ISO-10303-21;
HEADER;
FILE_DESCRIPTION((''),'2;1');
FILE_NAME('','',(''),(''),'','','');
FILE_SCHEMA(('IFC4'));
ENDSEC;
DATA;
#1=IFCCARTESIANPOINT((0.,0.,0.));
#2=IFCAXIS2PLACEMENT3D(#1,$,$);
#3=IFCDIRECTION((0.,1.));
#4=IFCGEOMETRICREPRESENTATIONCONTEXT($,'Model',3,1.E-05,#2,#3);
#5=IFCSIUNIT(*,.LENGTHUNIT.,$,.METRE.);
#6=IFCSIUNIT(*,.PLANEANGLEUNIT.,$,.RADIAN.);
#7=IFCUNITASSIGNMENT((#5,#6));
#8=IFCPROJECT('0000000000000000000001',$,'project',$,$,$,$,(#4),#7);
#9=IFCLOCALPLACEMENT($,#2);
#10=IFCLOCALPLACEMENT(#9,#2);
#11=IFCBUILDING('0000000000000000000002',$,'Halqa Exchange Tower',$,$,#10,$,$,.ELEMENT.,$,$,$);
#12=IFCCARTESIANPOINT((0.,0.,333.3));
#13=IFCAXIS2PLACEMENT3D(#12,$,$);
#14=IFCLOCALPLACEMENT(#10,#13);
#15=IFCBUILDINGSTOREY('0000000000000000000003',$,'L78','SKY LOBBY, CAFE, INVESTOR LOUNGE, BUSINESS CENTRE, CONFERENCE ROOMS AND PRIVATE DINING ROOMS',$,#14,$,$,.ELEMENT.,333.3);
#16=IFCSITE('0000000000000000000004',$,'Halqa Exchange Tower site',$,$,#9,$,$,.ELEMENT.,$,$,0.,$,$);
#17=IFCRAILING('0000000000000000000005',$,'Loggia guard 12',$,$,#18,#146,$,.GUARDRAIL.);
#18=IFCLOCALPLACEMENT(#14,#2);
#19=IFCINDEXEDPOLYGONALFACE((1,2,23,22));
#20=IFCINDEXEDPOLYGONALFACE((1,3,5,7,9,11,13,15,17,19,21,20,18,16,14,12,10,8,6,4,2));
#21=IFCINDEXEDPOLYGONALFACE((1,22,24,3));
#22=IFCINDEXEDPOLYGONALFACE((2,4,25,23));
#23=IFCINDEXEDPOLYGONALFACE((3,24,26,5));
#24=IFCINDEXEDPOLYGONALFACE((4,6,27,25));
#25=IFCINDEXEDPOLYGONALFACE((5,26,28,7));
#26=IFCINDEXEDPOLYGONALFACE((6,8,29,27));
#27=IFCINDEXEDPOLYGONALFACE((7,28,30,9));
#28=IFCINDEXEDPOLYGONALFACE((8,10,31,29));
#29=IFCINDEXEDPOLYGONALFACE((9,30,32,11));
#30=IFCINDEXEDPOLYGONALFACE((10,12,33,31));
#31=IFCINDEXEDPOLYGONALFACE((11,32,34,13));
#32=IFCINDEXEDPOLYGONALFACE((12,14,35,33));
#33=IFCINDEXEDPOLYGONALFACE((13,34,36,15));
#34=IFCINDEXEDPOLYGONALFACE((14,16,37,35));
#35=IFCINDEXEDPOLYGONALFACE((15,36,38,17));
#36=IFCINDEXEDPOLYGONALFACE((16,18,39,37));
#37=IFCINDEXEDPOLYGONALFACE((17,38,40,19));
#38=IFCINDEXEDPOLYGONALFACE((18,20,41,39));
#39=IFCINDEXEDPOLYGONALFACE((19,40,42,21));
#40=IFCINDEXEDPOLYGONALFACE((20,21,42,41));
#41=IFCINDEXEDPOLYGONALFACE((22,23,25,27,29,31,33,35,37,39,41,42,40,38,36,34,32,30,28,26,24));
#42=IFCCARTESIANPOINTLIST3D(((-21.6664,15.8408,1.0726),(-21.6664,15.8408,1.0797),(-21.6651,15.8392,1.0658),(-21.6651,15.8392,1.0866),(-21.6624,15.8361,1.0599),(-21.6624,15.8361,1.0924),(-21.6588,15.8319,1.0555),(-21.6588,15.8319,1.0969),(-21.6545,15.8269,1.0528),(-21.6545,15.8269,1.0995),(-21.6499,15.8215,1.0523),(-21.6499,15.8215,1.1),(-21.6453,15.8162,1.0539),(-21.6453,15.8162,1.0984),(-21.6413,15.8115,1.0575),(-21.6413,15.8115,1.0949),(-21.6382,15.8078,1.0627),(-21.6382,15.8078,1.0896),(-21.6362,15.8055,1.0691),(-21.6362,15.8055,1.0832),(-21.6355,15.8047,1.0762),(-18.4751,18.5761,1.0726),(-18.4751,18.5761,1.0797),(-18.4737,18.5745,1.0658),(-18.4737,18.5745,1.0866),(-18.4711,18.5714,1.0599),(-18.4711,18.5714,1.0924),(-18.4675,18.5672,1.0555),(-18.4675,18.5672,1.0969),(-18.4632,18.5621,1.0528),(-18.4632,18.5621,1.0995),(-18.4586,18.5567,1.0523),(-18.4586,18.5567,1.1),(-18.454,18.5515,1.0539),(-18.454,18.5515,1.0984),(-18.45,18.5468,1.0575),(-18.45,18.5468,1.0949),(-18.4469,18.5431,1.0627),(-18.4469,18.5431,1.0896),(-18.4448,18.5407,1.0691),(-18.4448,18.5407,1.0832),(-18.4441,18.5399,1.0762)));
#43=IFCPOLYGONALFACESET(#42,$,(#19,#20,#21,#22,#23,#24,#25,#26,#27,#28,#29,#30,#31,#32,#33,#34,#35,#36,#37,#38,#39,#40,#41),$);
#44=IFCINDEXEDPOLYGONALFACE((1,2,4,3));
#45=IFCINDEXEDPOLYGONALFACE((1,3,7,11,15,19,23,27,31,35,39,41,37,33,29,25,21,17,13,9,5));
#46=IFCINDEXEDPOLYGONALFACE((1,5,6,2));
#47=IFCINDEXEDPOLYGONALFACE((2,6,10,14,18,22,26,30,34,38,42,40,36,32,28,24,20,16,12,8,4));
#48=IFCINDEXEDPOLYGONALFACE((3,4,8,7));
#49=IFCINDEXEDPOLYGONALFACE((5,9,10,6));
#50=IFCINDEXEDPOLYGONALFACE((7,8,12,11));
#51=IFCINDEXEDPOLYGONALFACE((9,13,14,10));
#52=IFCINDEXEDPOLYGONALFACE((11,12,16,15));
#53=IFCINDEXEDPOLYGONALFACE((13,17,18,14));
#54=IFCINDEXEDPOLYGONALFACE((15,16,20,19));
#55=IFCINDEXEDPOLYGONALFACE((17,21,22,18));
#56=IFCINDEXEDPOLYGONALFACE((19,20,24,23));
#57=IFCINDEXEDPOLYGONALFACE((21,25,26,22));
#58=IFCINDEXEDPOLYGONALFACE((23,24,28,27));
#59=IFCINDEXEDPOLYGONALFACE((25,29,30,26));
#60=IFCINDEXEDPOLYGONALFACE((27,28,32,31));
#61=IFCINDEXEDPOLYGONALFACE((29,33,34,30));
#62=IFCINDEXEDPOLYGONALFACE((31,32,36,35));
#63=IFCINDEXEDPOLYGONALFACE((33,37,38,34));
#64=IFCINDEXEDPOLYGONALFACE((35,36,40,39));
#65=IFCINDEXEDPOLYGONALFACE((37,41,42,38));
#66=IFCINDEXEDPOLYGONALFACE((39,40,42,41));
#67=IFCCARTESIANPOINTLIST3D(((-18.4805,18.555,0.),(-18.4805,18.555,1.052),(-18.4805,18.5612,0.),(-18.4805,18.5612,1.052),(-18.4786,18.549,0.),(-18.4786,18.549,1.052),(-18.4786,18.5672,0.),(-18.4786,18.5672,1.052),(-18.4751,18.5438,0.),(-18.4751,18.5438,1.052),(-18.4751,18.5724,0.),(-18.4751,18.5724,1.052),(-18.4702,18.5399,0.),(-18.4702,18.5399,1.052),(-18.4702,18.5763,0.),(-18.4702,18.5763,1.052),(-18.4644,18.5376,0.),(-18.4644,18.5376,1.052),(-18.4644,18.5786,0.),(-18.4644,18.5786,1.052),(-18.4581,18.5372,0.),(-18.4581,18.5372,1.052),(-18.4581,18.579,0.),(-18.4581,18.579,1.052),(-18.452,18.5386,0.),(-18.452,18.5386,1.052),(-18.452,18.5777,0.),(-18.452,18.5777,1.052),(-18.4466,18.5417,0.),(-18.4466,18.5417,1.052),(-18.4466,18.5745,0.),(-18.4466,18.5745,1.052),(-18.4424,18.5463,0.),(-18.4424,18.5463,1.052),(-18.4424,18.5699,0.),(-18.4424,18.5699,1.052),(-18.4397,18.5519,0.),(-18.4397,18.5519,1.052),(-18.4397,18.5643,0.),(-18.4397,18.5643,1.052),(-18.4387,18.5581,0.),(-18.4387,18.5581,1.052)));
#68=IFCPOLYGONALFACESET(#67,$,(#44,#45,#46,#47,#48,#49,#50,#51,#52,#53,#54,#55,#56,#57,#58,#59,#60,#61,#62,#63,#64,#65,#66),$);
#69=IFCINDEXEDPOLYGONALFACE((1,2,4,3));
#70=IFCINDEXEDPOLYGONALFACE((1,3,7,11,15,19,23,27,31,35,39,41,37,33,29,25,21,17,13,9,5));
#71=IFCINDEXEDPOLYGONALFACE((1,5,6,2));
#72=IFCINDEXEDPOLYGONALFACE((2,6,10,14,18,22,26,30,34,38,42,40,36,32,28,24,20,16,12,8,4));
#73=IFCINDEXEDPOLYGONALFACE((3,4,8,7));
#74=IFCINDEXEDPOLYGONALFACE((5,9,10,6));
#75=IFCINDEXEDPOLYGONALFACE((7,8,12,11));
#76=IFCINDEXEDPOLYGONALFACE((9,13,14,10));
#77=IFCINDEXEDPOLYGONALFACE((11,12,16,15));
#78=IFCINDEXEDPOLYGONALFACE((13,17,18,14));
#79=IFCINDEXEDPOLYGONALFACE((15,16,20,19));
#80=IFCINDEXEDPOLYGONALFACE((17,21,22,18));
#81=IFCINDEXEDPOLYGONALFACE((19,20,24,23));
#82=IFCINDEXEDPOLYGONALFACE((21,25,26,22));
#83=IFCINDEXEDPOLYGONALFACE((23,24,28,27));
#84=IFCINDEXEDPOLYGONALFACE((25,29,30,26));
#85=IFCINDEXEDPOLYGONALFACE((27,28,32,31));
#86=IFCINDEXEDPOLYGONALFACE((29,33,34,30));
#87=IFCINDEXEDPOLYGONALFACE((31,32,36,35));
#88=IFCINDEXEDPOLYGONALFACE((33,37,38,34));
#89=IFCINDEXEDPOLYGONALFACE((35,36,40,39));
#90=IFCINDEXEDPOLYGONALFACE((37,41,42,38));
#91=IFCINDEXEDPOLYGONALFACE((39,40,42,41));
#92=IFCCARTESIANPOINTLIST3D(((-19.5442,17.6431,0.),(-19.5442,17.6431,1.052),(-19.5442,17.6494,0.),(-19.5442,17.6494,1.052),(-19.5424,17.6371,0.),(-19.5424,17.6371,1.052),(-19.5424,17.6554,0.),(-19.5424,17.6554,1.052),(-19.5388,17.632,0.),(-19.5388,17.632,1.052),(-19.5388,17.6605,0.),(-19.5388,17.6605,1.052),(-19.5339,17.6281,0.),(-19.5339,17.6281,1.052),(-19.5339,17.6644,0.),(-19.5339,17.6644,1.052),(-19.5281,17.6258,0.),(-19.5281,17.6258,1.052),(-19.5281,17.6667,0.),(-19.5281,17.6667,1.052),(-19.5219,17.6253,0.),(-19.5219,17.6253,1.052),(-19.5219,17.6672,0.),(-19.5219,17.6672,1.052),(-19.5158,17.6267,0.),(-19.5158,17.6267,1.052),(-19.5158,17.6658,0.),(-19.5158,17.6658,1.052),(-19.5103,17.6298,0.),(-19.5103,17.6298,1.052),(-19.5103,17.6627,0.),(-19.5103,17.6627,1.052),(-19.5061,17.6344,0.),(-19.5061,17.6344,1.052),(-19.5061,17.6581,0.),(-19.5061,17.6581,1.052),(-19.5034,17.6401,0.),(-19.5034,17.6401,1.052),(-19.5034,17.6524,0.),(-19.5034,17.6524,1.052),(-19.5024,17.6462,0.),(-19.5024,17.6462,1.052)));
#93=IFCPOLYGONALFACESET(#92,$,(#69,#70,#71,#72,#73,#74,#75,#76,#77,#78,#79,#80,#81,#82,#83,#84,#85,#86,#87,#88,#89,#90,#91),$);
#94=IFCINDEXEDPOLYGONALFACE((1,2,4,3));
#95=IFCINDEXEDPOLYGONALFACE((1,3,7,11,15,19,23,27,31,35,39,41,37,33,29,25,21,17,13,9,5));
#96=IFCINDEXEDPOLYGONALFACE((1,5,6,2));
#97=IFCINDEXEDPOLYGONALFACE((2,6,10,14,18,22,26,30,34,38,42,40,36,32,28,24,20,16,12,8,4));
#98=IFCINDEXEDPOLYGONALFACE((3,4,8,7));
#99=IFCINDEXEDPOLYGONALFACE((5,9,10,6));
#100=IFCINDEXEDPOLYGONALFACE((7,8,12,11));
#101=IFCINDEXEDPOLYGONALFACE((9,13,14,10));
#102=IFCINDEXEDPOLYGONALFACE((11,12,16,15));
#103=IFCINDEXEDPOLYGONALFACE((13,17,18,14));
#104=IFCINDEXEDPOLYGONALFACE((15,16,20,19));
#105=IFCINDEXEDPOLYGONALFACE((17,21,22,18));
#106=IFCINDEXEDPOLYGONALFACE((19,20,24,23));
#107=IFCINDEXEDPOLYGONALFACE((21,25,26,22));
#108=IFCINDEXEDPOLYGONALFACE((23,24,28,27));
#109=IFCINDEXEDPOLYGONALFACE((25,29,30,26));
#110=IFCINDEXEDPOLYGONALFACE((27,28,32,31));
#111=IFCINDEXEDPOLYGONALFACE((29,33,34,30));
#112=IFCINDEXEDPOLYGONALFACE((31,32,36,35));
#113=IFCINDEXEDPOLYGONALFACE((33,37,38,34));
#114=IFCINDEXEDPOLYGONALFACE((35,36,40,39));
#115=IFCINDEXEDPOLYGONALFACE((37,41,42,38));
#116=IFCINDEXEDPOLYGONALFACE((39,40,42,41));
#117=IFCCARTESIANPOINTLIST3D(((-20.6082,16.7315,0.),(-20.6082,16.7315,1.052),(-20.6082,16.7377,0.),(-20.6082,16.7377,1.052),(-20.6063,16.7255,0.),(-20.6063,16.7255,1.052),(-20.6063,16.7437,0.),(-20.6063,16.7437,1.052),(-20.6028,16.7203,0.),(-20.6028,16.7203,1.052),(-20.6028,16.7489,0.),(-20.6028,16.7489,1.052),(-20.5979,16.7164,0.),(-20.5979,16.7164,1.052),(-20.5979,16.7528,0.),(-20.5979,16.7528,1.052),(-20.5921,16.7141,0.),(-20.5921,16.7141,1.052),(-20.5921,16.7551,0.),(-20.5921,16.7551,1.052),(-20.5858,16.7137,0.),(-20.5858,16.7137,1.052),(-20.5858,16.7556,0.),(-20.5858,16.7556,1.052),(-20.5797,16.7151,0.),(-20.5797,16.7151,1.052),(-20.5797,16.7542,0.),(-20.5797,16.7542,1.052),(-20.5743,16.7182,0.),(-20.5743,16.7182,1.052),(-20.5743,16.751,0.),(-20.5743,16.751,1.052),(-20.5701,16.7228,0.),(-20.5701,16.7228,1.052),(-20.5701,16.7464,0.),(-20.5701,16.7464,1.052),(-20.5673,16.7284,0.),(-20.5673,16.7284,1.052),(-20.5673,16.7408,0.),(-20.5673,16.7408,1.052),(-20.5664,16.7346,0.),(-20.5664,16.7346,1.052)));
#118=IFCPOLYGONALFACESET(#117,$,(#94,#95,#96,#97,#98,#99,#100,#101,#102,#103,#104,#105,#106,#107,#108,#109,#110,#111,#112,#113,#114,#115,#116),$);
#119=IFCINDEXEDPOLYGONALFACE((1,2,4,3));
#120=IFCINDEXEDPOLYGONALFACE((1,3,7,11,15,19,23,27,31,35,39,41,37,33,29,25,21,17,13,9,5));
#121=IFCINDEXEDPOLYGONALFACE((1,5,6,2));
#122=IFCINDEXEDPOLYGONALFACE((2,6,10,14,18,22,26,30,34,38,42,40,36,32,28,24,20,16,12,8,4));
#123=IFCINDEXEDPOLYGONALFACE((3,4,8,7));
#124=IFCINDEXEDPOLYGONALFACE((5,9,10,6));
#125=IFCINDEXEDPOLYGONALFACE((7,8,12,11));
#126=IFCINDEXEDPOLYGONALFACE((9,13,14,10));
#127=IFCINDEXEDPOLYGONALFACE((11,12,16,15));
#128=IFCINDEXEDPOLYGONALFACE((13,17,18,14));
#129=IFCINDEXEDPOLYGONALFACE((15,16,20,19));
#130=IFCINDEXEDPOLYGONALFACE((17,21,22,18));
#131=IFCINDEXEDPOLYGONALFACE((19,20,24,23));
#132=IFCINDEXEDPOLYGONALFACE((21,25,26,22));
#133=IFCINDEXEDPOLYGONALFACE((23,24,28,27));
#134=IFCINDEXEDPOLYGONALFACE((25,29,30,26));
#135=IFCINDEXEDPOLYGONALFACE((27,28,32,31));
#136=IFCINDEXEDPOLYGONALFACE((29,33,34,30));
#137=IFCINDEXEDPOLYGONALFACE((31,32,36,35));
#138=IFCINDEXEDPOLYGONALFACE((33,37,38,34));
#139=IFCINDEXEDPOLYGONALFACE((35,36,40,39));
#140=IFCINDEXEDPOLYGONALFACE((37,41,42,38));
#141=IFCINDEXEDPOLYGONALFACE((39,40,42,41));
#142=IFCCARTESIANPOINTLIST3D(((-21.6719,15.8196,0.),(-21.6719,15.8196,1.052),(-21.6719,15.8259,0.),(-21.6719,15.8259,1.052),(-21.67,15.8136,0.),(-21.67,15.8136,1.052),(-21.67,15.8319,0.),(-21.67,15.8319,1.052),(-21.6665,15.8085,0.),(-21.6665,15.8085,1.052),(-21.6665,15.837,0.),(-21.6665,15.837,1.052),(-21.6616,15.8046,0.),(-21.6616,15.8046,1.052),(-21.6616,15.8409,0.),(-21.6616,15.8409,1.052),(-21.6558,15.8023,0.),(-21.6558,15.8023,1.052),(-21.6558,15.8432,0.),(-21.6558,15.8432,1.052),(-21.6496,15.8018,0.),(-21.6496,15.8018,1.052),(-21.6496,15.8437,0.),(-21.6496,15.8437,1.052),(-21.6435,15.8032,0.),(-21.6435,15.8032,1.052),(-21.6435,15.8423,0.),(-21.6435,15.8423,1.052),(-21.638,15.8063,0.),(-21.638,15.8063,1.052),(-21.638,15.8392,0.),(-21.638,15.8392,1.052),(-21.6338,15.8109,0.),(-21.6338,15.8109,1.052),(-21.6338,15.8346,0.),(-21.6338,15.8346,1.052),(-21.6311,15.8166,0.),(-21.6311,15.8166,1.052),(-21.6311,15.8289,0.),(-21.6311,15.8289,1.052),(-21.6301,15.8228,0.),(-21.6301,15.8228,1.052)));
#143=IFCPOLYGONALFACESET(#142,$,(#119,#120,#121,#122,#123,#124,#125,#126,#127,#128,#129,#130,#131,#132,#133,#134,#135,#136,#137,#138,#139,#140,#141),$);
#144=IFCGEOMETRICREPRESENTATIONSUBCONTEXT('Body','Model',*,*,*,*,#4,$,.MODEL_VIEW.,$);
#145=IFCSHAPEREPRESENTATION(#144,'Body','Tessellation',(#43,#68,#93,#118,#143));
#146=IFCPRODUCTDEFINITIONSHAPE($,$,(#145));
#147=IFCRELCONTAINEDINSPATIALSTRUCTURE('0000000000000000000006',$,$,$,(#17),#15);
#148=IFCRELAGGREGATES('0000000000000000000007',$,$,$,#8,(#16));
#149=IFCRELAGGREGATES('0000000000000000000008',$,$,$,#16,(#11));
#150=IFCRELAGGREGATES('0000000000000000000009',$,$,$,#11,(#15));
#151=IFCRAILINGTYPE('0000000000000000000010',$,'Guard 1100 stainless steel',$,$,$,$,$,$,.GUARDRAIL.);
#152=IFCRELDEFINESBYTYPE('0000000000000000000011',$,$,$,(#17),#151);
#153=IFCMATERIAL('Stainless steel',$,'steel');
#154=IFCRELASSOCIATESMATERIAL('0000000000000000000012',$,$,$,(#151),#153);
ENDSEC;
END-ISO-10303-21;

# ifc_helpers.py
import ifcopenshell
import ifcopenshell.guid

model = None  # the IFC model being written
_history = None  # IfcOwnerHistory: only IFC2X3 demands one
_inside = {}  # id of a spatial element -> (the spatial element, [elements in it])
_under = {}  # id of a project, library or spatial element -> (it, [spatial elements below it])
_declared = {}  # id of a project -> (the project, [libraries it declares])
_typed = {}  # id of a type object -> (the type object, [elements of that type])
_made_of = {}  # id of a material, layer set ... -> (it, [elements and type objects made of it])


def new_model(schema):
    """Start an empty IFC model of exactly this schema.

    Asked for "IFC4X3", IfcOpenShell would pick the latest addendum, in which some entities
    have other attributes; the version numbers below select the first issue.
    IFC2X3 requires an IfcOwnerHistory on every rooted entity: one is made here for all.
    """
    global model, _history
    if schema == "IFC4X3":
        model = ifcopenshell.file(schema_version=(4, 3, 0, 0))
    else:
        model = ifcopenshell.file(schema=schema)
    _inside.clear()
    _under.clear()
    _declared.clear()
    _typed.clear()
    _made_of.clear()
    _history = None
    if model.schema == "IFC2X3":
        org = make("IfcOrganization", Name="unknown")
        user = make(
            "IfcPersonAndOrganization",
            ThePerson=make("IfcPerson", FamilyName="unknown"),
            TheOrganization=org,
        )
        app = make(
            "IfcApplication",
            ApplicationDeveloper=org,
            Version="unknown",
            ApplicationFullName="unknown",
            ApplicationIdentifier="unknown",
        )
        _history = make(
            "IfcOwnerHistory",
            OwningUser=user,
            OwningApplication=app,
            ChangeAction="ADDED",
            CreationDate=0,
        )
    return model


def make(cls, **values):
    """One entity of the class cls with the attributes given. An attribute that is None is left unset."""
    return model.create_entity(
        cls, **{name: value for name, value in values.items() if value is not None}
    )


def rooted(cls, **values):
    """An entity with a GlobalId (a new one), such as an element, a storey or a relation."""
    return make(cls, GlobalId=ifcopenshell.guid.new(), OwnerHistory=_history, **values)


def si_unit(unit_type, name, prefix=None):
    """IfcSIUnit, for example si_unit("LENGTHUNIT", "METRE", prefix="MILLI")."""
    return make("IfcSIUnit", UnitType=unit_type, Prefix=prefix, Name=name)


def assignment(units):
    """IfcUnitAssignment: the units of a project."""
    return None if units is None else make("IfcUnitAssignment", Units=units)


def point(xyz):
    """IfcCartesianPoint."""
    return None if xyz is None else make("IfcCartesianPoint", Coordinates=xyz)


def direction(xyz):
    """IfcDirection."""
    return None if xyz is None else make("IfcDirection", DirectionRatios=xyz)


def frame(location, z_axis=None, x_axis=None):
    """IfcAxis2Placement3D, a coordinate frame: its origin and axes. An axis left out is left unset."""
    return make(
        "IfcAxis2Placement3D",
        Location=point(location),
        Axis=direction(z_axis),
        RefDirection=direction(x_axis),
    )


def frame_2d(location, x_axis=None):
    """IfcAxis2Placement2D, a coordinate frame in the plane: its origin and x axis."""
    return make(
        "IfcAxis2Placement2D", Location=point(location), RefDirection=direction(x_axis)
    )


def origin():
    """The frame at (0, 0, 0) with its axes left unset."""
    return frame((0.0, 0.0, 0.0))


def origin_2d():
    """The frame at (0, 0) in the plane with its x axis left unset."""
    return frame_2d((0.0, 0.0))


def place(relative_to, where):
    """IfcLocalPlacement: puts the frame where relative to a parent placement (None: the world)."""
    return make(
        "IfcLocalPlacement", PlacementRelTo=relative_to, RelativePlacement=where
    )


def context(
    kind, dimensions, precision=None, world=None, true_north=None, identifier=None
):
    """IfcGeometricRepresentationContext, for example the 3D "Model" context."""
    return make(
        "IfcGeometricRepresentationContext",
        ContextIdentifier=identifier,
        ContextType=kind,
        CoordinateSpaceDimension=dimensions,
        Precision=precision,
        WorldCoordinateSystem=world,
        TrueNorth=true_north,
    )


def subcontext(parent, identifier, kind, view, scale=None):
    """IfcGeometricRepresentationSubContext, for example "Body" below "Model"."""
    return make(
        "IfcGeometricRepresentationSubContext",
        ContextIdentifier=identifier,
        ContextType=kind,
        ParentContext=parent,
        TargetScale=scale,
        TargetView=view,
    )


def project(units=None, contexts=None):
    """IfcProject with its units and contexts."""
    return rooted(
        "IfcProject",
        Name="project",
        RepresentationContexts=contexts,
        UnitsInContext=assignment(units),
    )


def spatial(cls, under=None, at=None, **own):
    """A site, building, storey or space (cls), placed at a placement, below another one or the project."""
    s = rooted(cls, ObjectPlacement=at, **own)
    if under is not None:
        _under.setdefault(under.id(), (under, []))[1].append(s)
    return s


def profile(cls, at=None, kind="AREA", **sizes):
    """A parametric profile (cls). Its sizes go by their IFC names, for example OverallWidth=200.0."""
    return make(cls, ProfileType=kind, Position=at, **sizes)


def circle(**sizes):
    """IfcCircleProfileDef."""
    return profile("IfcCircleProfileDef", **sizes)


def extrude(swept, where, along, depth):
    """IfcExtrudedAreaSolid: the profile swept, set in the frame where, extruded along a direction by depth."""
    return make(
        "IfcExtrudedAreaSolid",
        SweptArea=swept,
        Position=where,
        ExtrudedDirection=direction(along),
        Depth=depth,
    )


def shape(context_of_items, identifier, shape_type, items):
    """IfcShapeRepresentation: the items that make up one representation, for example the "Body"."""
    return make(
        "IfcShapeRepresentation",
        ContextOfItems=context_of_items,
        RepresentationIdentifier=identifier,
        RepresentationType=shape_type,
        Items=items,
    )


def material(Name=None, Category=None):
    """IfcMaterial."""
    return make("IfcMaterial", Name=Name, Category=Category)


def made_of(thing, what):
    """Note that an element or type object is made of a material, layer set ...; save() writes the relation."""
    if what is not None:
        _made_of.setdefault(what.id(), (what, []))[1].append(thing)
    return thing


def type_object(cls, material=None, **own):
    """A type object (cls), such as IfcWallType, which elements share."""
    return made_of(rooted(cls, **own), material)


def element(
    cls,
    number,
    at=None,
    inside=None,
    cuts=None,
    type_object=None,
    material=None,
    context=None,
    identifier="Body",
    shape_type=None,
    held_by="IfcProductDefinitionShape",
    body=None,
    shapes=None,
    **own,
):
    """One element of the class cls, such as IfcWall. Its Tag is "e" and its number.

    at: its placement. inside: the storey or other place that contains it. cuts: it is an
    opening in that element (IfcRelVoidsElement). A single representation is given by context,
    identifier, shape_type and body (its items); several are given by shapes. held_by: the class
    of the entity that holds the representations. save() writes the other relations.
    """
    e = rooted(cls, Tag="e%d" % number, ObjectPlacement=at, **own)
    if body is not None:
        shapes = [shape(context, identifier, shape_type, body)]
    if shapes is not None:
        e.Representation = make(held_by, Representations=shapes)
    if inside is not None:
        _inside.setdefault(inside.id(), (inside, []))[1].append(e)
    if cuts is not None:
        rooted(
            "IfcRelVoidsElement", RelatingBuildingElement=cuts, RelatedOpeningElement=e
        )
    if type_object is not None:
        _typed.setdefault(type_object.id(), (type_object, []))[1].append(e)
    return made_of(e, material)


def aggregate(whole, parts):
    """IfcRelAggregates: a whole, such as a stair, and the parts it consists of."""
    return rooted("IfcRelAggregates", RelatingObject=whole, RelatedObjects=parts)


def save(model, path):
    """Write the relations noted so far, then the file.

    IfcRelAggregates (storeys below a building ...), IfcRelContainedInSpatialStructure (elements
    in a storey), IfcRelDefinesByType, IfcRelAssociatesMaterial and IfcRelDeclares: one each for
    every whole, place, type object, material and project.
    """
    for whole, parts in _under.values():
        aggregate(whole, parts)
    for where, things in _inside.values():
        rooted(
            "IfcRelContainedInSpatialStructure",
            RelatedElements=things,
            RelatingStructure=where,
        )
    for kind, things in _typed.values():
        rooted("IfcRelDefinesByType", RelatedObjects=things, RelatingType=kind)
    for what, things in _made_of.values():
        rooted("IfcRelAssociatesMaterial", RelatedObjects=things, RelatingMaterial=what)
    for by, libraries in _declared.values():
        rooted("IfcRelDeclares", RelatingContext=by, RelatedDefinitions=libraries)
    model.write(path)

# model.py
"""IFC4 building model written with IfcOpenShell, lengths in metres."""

from ifc_helpers import new_model, si_unit, direction, frame, origin, origin_2d, place, context, subcontext, project, spatial, circle, extrude, material, type_object, element, save


model = new_model("IFC4")

# Units and contexts
model_context = context("Model", 3, precision=1e-05, world=origin(), true_north=direction((0.0, 1.0)))
body_context = subcontext(model_context, "Body", "Model", "MODEL_VIEW")
ifc_project = project(units=[si_unit("LENGTHUNIT", "METRE"), si_unit("PLANEANGLEUNIT", "RADIAN")], contexts=[model_context])

# Site, building, storey
site_placement = place(None, origin())
site = spatial("IfcSite", under=ifc_project, at=site_placement, Name="Halqa Exchange Tower site", CompositionType="ELEMENT", RefElevation=0.0)
building_placement = place(site_placement, origin())
building = spatial("IfcBuilding", under=site, at=building_placement, Name="Halqa Exchange Tower", CompositionType="ELEMENT")
storey_placement = place(building_placement, frame((0.0, 0.0, 333.3)))
storey = spatial("IfcBuildingStorey", under=building, at=storey_placement, Name="L78", Description="SKY LOBBY, CAFE, INVESTOR LOUNGE, BUSINESS CENTRE, CONFERENCE ROOMS AND PRIVATE DINING ROOMS", CompositionType="ELEMENT", Elevation=333.3)

# Railing
ifc_material_1 = material(Name="Stainless steel", Category="steel")
railing_type = type_object("IfcRailingType", Name="Guard 1100 stainless steel", PredefinedType="GUARDRAIL", material=ifc_material_1)
railing_1_placement = place(storey_placement, frame((-18.4597, 18.5581, 0.0)))
element("IfcRailing", 1, at=railing_1_placement, inside=storey, type_object=railing_type, Name="Loggia guard 12", PredefinedType="GUARDRAIL", context=body_context, shape_type="SweptSolid", body=[
    extrude(circle(Radius=0.0239, at=origin_2d()), frame((0.0, 0.0, 1.0762), z_axis=(-0.759273, -0.650772, 0.0), x_axis=(0.650772, -0.759273, 0.0)), (0.0, 0.0, 1.0), 4.2031),
    extrude(circle(Radius=0.021, at=origin_2d()), origin(), (0.0, 0.0, 1.0), 1.052),
    extrude(circle(Radius=0.021, at=origin_2d()), frame((-1.0637, -0.9119, 0.0)), (0.0, 0.0, 1.0), 1.052),
    extrude(circle(Radius=0.021, at=origin_2d()), frame((-2.1277, -1.8235, 0.0)), (0.0, 0.0, 1.0), 1.052),
    extrude(circle(Radius=0.021, at=origin_2d()), frame((-3.1914, -2.7354, 0.0)), (0.0, 0.0, 1.0), 1.052),
])

save(model, "model.ifc")
